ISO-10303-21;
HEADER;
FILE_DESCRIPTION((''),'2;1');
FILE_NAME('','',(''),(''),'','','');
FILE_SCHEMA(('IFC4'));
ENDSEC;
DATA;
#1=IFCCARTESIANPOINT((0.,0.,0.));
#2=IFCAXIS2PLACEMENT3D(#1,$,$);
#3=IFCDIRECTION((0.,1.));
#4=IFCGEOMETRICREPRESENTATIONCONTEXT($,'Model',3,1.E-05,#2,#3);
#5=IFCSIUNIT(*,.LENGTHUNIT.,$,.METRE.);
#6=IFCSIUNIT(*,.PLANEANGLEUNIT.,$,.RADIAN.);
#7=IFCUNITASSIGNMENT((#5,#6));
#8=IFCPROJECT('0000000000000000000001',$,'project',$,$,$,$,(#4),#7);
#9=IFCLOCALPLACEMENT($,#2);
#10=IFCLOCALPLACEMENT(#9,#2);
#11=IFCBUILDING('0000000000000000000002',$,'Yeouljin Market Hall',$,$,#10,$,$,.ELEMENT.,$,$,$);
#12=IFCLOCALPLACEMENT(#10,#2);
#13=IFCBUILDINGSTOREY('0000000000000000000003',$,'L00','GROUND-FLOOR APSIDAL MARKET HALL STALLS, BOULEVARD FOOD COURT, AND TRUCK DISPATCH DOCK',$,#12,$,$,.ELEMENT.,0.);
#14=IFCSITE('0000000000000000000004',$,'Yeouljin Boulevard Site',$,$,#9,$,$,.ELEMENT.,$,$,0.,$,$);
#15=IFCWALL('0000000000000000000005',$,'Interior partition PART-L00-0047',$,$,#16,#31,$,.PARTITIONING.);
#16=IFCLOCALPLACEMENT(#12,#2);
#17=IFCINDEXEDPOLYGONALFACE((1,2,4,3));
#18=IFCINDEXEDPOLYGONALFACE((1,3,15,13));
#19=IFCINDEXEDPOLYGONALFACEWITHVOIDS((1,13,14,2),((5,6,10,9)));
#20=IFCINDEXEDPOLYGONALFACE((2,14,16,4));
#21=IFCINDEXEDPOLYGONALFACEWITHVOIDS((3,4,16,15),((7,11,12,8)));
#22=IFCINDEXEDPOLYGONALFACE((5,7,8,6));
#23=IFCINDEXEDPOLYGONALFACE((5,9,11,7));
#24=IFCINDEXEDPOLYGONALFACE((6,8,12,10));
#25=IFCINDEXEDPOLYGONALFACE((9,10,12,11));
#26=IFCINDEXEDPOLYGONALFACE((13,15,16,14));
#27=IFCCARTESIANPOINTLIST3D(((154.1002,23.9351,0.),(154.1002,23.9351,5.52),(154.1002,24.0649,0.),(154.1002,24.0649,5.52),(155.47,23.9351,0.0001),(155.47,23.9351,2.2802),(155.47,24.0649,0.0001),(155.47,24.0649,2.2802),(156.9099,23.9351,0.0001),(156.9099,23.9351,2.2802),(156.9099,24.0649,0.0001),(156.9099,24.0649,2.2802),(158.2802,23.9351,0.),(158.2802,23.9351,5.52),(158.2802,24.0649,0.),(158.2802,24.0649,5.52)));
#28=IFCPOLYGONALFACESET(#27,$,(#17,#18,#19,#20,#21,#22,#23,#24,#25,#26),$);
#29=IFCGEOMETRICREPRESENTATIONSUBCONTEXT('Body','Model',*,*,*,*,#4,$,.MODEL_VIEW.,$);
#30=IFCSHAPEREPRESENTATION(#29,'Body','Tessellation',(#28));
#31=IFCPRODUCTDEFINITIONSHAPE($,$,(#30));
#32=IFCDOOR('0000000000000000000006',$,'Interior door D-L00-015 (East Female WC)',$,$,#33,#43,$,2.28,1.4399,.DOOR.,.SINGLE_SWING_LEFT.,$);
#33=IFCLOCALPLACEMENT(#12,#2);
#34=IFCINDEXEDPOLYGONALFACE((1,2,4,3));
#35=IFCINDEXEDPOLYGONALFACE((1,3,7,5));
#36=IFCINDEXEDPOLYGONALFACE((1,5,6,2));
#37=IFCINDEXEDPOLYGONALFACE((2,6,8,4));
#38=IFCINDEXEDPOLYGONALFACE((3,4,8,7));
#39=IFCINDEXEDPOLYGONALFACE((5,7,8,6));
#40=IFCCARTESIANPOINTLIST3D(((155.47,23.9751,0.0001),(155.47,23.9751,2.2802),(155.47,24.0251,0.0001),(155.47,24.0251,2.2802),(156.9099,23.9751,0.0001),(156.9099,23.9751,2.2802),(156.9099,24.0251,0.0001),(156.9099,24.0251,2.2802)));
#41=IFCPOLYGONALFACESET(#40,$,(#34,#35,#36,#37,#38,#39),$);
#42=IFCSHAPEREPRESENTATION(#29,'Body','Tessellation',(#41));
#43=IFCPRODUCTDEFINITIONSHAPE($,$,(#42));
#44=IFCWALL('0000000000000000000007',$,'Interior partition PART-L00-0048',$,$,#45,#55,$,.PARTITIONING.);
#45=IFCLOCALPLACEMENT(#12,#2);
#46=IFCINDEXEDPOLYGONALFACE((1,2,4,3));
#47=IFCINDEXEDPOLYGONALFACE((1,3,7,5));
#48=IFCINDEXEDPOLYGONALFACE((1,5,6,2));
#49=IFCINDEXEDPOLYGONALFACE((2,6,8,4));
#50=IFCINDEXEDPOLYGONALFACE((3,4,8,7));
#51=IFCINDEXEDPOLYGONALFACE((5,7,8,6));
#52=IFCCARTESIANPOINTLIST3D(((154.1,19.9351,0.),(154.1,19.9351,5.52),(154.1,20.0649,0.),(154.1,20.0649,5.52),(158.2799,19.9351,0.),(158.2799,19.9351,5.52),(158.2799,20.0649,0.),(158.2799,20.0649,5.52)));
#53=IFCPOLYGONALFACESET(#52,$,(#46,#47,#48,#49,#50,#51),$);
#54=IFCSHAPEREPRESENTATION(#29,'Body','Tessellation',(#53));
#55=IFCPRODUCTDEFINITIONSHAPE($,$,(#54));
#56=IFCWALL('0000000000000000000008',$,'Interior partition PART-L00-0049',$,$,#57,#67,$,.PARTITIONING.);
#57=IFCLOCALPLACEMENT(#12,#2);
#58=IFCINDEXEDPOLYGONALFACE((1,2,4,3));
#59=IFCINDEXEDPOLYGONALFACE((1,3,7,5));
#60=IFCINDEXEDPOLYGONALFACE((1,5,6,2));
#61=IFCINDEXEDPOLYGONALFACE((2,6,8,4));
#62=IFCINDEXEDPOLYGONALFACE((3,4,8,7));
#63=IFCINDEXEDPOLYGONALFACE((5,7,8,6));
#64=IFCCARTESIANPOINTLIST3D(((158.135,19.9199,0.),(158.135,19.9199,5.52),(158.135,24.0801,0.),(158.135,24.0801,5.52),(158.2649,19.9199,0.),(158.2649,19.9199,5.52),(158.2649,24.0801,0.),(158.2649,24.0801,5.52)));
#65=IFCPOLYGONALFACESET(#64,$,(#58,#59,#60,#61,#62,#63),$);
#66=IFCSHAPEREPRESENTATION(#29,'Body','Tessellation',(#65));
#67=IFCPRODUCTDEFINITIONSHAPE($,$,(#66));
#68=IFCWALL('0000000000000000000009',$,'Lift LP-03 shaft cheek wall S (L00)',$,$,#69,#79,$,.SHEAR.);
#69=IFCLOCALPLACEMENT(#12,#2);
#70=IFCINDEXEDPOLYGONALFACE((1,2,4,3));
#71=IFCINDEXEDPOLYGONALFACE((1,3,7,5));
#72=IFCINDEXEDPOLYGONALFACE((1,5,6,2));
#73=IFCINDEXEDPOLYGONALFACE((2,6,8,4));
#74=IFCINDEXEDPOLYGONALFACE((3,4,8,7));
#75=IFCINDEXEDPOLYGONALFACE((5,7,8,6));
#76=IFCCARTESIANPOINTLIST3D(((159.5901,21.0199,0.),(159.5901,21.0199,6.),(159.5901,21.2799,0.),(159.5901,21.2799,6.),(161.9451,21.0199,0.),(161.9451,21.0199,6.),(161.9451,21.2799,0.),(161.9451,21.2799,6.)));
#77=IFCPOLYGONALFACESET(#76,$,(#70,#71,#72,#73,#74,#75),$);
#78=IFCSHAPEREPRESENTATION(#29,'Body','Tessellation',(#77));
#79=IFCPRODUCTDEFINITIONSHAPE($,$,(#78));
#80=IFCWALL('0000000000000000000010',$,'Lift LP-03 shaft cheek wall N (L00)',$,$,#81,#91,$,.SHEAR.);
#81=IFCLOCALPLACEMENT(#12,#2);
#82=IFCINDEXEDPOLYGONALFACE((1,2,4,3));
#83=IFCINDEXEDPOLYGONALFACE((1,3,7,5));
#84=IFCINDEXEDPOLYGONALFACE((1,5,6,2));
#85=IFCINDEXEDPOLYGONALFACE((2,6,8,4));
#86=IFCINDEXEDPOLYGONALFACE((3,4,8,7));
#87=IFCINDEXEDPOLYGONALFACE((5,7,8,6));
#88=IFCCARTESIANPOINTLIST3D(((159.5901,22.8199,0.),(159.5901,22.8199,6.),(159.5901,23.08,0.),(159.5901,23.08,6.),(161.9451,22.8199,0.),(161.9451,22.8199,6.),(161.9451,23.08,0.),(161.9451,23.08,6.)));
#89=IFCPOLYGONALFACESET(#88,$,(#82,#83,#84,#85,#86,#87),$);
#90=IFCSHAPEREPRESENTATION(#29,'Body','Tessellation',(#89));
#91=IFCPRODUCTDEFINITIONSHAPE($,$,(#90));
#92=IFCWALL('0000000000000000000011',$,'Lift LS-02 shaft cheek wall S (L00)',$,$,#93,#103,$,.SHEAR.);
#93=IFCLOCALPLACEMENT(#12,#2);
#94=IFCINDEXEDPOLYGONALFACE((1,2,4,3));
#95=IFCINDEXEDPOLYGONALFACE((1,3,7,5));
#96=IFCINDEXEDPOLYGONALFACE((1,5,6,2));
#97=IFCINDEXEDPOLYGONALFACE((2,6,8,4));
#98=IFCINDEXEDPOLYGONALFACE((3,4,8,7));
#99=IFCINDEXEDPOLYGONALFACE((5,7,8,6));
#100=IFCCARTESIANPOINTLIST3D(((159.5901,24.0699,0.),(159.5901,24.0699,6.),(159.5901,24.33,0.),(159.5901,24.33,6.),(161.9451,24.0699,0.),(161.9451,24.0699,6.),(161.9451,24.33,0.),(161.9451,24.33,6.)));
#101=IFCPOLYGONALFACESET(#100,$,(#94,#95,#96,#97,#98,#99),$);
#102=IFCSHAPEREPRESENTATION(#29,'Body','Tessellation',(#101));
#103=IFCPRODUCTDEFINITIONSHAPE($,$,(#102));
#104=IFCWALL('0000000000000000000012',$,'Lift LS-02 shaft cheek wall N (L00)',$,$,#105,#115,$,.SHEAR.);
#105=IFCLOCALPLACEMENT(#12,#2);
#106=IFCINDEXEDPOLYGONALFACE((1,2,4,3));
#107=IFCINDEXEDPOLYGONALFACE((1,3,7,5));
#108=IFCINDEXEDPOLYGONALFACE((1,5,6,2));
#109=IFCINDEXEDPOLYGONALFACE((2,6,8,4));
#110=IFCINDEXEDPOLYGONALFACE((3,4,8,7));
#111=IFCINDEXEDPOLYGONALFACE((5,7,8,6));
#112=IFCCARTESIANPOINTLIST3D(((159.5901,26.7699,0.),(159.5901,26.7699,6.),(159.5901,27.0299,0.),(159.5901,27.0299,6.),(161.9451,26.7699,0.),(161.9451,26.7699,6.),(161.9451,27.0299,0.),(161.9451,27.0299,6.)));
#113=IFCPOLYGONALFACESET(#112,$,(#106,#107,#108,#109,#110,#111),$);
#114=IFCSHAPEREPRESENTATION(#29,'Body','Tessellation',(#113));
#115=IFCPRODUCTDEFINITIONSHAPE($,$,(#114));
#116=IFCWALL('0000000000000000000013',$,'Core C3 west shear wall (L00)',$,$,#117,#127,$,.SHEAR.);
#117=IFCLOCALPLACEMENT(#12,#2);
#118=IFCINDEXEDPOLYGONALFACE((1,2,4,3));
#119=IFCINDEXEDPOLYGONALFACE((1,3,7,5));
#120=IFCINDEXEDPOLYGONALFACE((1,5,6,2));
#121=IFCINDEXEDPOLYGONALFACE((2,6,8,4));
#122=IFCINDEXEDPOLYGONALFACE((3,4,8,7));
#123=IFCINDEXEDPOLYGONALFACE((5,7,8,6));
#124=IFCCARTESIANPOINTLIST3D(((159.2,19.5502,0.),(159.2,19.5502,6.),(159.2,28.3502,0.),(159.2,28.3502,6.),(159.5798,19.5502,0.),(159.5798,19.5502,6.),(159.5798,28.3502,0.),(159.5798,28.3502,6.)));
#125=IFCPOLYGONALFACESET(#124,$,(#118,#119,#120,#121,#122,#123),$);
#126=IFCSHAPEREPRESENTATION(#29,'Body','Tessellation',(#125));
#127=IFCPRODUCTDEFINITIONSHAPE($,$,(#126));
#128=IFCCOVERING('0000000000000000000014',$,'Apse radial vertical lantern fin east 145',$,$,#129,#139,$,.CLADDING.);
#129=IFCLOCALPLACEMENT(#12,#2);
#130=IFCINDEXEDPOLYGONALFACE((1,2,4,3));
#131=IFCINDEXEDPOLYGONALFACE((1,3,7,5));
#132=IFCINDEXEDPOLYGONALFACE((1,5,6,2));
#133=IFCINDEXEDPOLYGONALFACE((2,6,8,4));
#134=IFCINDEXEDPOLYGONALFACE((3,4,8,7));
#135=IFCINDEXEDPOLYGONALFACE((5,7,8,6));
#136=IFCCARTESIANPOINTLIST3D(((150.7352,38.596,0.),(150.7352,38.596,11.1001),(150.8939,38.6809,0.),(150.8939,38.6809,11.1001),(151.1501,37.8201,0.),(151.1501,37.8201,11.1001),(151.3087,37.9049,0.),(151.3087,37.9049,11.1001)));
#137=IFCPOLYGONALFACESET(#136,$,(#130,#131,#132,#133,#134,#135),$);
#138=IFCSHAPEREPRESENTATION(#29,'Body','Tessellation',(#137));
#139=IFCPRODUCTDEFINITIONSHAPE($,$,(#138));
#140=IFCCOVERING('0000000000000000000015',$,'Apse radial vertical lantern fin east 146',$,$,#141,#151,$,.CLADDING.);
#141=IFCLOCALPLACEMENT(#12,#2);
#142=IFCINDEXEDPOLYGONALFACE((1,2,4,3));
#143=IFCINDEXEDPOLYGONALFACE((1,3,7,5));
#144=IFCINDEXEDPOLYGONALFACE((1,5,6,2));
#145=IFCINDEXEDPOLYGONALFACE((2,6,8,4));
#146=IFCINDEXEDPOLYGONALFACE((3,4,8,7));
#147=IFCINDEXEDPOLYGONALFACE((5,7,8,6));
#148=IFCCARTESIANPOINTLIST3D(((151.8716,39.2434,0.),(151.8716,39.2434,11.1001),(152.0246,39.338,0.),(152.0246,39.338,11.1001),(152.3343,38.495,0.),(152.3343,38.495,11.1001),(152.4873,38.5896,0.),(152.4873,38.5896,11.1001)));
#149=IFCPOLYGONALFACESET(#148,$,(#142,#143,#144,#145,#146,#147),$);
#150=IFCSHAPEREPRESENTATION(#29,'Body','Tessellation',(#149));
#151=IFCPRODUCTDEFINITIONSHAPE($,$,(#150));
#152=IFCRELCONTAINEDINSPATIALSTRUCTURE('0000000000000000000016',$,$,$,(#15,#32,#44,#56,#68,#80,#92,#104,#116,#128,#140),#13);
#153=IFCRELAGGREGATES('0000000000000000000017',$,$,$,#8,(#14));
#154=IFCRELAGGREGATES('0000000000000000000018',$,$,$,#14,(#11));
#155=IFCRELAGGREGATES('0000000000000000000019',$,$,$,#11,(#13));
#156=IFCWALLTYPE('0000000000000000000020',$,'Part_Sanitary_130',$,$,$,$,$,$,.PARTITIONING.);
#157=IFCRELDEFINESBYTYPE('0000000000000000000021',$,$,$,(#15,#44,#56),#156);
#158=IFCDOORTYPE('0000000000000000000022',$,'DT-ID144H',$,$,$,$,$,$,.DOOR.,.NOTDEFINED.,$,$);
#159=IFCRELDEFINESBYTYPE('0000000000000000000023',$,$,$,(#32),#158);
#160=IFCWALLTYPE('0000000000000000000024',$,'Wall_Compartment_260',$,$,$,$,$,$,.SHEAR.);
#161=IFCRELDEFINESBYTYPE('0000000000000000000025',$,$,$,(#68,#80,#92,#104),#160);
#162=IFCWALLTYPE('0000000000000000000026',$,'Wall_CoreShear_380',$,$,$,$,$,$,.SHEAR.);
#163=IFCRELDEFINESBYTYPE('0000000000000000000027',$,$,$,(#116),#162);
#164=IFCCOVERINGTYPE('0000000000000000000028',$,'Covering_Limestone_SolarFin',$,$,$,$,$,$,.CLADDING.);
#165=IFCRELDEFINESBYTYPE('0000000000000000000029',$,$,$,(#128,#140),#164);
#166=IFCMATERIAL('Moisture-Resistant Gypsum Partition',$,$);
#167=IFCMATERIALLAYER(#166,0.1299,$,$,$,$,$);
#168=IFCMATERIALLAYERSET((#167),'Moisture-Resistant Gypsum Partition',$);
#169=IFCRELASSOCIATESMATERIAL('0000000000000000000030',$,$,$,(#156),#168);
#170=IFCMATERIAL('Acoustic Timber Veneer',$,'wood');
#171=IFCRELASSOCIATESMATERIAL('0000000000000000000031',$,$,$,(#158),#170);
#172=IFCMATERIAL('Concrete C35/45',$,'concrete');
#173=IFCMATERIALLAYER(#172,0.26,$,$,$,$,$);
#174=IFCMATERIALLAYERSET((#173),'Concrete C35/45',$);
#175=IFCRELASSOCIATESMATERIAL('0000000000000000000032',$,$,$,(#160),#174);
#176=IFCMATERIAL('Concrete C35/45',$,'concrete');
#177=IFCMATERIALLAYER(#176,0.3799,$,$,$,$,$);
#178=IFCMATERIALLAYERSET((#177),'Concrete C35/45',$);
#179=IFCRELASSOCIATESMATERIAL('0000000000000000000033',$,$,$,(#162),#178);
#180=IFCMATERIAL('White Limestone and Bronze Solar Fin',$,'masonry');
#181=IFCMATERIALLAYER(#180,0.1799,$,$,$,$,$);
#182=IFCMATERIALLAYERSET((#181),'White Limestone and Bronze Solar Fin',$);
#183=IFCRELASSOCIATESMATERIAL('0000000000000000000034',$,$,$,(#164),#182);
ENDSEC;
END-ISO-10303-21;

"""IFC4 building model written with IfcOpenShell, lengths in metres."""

from ifc_helpers import new_model, si_unit, direction, frame, frame_2d, origin, origin_2d, place, context, subcontext, project, spatial, rectangle, extrude, material, layer, layer_set, type_object, element, fill, save


model = new_model("IFC4")

# Units and contexts
model_context = context("Model", 3, precision=1e-05, world=origin(), true_north=direction((0.0, 1.0)))
body_context = subcontext(model_context, "Body", "Model", "MODEL_VIEW")
ifc_project = project(units=[si_unit("LENGTHUNIT", "METRE"), si_unit("PLANEANGLEUNIT", "RADIAN")], contexts=[model_context])

# Site, building, storey
site_placement = place(None, origin())
site = spatial("IfcSite", under=ifc_project, at=site_placement, Name="Yeouljin Boulevard Site", CompositionType="ELEMENT", RefElevation=0.0)
building_placement = place(site_placement, origin())
building = spatial("IfcBuilding", under=site, at=building_placement, Name="Yeouljin Market Hall", CompositionType="ELEMENT")
storey_placement = place(building_placement, origin())
storey = spatial("IfcBuildingStorey", under=building, at=storey_placement, Name="L00", Description="GROUND-FLOOR APSIDAL MARKET HALL STALLS, BOULEVARD FOOD COURT, AND TRUCK DISPATCH DOCK", CompositionType="ELEMENT", Elevation=0.0)

# Wall, opening, door
ifc_material_1 = material(Name="Moisture-Resistant Gypsum Partition")
ifc_layer_1 = layer(ifc_material_1, 0.1299)
ifc_layer_set_1 = layer_set([ifc_layer_1], Name="Moisture-Resistant Gypsum Partition")
wall_type_1 = type_object("IfcWallType", Name="Part_Sanitary_130", PredefinedType="PARTITIONING", material=ifc_layer_set_1)
wall_1_placement = place(storey_placement, frame((158.28, 24.0, 0.0), z_axis=(0.0, 0.0, 1.0), x_axis=(-1.0, 0.0, 0.0)))
wall_1 = element("IfcWall", 1, at=wall_1_placement, inside=storey, type_object=wall_type_1, Name="Interior partition PART-L00-0047", PredefinedType="PARTITIONING", context=body_context, shape_type="SweptSolid", body=[
    extrude(rectangle(XDim=4.1799, YDim=0.1299, at=frame_2d((2.0898, 0.0))), origin(), (0.0, 0.0, 1.0), 5.52),
])
opening_1_placement = place(wall_1_placement, frame((1.3701, 0.0, 0.0)))
opening_1 = element("IfcOpeningElement", 2, at=opening_1_placement, cuts=wall_1, PredefinedType="OPENING", context=body_context, shape_type="SweptSolid", body=[
    extrude(rectangle(XDim=1.4399, YDim=2.28, at=frame_2d((0.72, 1.1401))), frame((0.0, 0.075, 0.0), z_axis=(0.0, -1.0, 0.0), x_axis=(1.0, 0.0, 0.0)), (0.0, 0.0, 1.0), 0.1499),
])
ifc_material_2 = material(Name="Acoustic Timber Veneer", Category="wood")
door_type_1 = type_object("IfcDoorType", Name="DT-ID144H", OperationType="NOTDEFINED", PredefinedType="DOOR", material=ifc_material_2)
door_1_placement = place(opening_1_placement, origin())
door_1 = element("IfcDoor", 3, at=door_1_placement, inside=storey, type_object=door_type_1, Name="Interior door D-L00-015 (East Female WC)", OperationType="SINGLE_SWING_LEFT", OverallHeight=2.28, OverallWidth=1.4399, PredefinedType="DOOR", context=body_context, shape_type="SweptSolid", body=[
    extrude(rectangle(XDim=1.4399, YDim=2.28, at=frame_2d((0.72, 1.1401))), frame((0.0, 0.0249, 0.0), z_axis=(0.0, -1.0, 0.0), x_axis=(1.0, 0.0, 0.0)), (0.0, 0.0, 1.0), 0.05),
])
fill(opening_1, door_1)

# Walls
wall_2_placement = place(storey_placement, frame((154.1001, 20.0, 0.0), z_axis=(0.0, 0.0, 1.0), x_axis=(1.0, 0.0, 0.0)))
element("IfcWall", 4, at=wall_2_placement, inside=storey, type_object=wall_type_1, Name="Interior partition PART-L00-0048", PredefinedType="PARTITIONING", context=body_context, shape_type="SweptSolid", body=[
    extrude(rectangle(XDim=4.1799, YDim=0.1299, at=frame_2d((2.0898, 0.0))), origin(), (0.0, 0.0, 1.0), 5.52),
])
wall_3_placement = place(storey_placement, frame((158.2, 19.9199, 0.0), z_axis=(0.0, 0.0, 1.0), x_axis=(0.0, 1.0, 0.0)))
element("IfcWall", 5, at=wall_3_placement, inside=storey, type_object=wall_type_1, Name="Interior partition PART-L00-0049", PredefinedType="PARTITIONING", context=body_context, shape_type="SweptSolid", body=[
    extrude(rectangle(XDim=4.1602, YDim=0.1299, at=frame_2d((2.0801, 0.0))), origin(), (0.0, 0.0, 1.0), 5.52),
])

# Shared definitions
ifc_material_3 = material(Name="Concrete C35/45", Category="concrete")
ifc_layer_2 = layer(ifc_material_3, 0.26)
ifc_layer_set_2 = layer_set([ifc_layer_2], Name="Concrete C35/45")
wall_type_2 = type_object("IfcWallType", Name="Wall_Compartment_260", PredefinedType="SHEAR", material=ifc_layer_set_2)

# Walls
for number, where, z_axis, x_axis, name in (
    (6, (159.5901, 21.1499, 0.0), (0.0, 0.0, 1.0), (1.0, 0.0, 0.0), "Lift LP-03 shaft cheek wall S (L00)"),
    (7, (159.5901, 22.95, 0.0), (0.0, 0.0, 1.0), (1.0, 0.0, 0.0), "Lift LP-03 shaft cheek wall N (L00)"),
):
    element("IfcWall", number, at=place(storey_placement, frame(where, z_axis=z_axis, x_axis=x_axis)), inside=storey, type_object=wall_type_2, Name=name, PredefinedType="SHEAR", context=body_context, shape_type="SweptSolid", body=[
        extrude(rectangle(XDim=2.355, YDim=0.26, at=frame_2d((1.1775, 0.0))), origin(), (0.0, 0.0, 1.0), 6.0),
    ])

# Walls
for number, where, z_axis, x_axis, name in (
    (8, (159.5901, 24.2, 0.0), (0.0, 0.0, 1.0), (1.0, 0.0, 0.0), "Lift LS-02 shaft cheek wall S (L00)"),
    (9, (159.5901, 26.8999, 0.0), (0.0, 0.0, 1.0), (1.0, 0.0, 0.0), "Lift LS-02 shaft cheek wall N (L00)"),
):
    element("IfcWall", number, at=place(storey_placement, frame(where, z_axis=z_axis, x_axis=x_axis)), inside=storey, type_object=wall_type_2, Name=name, PredefinedType="SHEAR", context=body_context, shape_type="SweptSolid", body=[
        extrude(rectangle(XDim=2.355, YDim=0.26, at=frame_2d((1.1775, 0.0))), origin(), (0.0, 0.0, 1.0), 6.0),
    ])
ifc_material_4 = material(Name="Concrete C35/45", Category="concrete")
ifc_layer_3 = layer(ifc_material_4, 0.3799)
ifc_layer_set_3 = layer_set([ifc_layer_3], Name="Concrete C35/45")
wall_type_3 = type_object("IfcWallType", Name="Wall_CoreShear_380", PredefinedType="SHEAR", material=ifc_layer_set_3)
wall_4_placement = place(storey_placement, frame((159.3899, 28.3501, 0.0), z_axis=(0.0, 0.0, 1.0), x_axis=(0.0, -1.0, 0.0)))
element("IfcWall", 10, at=wall_4_placement, inside=storey, type_object=wall_type_3, Name="Core C3 west shear wall (L00)", PredefinedType="SHEAR", context=body_context, shape_type="SweptSolid", body=[
    extrude(rectangle(XDim=8.8, YDim=0.3799, at=frame_2d((4.3999, 0.0))), origin(), (0.0, 0.0, 1.0), 6.0),
])

# Coverings
ifc_material_5 = material(Name="White Limestone and Bronze Solar Fin", Category="masonry")
ifc_layer_4 = layer(ifc_material_5, 0.1799)
ifc_layer_set_4 = layer_set([ifc_layer_4], Name="White Limestone and Bronze Solar Fin")
covering_type = type_object("IfcCoveringType", Name="Covering_Limestone_SolarFin", PredefinedType="CLADDING", material=ifc_layer_set_4)
for number, where, z_axis, x_axis, name in (
    (11, (151.022, 38.2505, 0.0), (0.0, 0.0, 1.0), (0.471474, -0.88188, 0.0), "Apse radial vertical lantern fin east 145"),
    (12, (152.1794, 38.9165, 0.0), (0.0, 0.0, 1.0), (0.525917, -0.850536, 0.0), "Apse radial vertical lantern fin east 146"),
):
    element("IfcCovering", number, at=place(storey_placement, frame(where, z_axis=z_axis, x_axis=x_axis)), inside=storey, type_object=covering_type, Name=name, PredefinedType="CLADDING", context=body_context, shape_type="SweptSolid", body=[
        extrude(rectangle(XDim=0.8799, YDim=0.1799, at=origin_2d()), origin(), (0.0, 0.0, 1.0), 11.1001),
    ])

save(model, "model.ifc")
